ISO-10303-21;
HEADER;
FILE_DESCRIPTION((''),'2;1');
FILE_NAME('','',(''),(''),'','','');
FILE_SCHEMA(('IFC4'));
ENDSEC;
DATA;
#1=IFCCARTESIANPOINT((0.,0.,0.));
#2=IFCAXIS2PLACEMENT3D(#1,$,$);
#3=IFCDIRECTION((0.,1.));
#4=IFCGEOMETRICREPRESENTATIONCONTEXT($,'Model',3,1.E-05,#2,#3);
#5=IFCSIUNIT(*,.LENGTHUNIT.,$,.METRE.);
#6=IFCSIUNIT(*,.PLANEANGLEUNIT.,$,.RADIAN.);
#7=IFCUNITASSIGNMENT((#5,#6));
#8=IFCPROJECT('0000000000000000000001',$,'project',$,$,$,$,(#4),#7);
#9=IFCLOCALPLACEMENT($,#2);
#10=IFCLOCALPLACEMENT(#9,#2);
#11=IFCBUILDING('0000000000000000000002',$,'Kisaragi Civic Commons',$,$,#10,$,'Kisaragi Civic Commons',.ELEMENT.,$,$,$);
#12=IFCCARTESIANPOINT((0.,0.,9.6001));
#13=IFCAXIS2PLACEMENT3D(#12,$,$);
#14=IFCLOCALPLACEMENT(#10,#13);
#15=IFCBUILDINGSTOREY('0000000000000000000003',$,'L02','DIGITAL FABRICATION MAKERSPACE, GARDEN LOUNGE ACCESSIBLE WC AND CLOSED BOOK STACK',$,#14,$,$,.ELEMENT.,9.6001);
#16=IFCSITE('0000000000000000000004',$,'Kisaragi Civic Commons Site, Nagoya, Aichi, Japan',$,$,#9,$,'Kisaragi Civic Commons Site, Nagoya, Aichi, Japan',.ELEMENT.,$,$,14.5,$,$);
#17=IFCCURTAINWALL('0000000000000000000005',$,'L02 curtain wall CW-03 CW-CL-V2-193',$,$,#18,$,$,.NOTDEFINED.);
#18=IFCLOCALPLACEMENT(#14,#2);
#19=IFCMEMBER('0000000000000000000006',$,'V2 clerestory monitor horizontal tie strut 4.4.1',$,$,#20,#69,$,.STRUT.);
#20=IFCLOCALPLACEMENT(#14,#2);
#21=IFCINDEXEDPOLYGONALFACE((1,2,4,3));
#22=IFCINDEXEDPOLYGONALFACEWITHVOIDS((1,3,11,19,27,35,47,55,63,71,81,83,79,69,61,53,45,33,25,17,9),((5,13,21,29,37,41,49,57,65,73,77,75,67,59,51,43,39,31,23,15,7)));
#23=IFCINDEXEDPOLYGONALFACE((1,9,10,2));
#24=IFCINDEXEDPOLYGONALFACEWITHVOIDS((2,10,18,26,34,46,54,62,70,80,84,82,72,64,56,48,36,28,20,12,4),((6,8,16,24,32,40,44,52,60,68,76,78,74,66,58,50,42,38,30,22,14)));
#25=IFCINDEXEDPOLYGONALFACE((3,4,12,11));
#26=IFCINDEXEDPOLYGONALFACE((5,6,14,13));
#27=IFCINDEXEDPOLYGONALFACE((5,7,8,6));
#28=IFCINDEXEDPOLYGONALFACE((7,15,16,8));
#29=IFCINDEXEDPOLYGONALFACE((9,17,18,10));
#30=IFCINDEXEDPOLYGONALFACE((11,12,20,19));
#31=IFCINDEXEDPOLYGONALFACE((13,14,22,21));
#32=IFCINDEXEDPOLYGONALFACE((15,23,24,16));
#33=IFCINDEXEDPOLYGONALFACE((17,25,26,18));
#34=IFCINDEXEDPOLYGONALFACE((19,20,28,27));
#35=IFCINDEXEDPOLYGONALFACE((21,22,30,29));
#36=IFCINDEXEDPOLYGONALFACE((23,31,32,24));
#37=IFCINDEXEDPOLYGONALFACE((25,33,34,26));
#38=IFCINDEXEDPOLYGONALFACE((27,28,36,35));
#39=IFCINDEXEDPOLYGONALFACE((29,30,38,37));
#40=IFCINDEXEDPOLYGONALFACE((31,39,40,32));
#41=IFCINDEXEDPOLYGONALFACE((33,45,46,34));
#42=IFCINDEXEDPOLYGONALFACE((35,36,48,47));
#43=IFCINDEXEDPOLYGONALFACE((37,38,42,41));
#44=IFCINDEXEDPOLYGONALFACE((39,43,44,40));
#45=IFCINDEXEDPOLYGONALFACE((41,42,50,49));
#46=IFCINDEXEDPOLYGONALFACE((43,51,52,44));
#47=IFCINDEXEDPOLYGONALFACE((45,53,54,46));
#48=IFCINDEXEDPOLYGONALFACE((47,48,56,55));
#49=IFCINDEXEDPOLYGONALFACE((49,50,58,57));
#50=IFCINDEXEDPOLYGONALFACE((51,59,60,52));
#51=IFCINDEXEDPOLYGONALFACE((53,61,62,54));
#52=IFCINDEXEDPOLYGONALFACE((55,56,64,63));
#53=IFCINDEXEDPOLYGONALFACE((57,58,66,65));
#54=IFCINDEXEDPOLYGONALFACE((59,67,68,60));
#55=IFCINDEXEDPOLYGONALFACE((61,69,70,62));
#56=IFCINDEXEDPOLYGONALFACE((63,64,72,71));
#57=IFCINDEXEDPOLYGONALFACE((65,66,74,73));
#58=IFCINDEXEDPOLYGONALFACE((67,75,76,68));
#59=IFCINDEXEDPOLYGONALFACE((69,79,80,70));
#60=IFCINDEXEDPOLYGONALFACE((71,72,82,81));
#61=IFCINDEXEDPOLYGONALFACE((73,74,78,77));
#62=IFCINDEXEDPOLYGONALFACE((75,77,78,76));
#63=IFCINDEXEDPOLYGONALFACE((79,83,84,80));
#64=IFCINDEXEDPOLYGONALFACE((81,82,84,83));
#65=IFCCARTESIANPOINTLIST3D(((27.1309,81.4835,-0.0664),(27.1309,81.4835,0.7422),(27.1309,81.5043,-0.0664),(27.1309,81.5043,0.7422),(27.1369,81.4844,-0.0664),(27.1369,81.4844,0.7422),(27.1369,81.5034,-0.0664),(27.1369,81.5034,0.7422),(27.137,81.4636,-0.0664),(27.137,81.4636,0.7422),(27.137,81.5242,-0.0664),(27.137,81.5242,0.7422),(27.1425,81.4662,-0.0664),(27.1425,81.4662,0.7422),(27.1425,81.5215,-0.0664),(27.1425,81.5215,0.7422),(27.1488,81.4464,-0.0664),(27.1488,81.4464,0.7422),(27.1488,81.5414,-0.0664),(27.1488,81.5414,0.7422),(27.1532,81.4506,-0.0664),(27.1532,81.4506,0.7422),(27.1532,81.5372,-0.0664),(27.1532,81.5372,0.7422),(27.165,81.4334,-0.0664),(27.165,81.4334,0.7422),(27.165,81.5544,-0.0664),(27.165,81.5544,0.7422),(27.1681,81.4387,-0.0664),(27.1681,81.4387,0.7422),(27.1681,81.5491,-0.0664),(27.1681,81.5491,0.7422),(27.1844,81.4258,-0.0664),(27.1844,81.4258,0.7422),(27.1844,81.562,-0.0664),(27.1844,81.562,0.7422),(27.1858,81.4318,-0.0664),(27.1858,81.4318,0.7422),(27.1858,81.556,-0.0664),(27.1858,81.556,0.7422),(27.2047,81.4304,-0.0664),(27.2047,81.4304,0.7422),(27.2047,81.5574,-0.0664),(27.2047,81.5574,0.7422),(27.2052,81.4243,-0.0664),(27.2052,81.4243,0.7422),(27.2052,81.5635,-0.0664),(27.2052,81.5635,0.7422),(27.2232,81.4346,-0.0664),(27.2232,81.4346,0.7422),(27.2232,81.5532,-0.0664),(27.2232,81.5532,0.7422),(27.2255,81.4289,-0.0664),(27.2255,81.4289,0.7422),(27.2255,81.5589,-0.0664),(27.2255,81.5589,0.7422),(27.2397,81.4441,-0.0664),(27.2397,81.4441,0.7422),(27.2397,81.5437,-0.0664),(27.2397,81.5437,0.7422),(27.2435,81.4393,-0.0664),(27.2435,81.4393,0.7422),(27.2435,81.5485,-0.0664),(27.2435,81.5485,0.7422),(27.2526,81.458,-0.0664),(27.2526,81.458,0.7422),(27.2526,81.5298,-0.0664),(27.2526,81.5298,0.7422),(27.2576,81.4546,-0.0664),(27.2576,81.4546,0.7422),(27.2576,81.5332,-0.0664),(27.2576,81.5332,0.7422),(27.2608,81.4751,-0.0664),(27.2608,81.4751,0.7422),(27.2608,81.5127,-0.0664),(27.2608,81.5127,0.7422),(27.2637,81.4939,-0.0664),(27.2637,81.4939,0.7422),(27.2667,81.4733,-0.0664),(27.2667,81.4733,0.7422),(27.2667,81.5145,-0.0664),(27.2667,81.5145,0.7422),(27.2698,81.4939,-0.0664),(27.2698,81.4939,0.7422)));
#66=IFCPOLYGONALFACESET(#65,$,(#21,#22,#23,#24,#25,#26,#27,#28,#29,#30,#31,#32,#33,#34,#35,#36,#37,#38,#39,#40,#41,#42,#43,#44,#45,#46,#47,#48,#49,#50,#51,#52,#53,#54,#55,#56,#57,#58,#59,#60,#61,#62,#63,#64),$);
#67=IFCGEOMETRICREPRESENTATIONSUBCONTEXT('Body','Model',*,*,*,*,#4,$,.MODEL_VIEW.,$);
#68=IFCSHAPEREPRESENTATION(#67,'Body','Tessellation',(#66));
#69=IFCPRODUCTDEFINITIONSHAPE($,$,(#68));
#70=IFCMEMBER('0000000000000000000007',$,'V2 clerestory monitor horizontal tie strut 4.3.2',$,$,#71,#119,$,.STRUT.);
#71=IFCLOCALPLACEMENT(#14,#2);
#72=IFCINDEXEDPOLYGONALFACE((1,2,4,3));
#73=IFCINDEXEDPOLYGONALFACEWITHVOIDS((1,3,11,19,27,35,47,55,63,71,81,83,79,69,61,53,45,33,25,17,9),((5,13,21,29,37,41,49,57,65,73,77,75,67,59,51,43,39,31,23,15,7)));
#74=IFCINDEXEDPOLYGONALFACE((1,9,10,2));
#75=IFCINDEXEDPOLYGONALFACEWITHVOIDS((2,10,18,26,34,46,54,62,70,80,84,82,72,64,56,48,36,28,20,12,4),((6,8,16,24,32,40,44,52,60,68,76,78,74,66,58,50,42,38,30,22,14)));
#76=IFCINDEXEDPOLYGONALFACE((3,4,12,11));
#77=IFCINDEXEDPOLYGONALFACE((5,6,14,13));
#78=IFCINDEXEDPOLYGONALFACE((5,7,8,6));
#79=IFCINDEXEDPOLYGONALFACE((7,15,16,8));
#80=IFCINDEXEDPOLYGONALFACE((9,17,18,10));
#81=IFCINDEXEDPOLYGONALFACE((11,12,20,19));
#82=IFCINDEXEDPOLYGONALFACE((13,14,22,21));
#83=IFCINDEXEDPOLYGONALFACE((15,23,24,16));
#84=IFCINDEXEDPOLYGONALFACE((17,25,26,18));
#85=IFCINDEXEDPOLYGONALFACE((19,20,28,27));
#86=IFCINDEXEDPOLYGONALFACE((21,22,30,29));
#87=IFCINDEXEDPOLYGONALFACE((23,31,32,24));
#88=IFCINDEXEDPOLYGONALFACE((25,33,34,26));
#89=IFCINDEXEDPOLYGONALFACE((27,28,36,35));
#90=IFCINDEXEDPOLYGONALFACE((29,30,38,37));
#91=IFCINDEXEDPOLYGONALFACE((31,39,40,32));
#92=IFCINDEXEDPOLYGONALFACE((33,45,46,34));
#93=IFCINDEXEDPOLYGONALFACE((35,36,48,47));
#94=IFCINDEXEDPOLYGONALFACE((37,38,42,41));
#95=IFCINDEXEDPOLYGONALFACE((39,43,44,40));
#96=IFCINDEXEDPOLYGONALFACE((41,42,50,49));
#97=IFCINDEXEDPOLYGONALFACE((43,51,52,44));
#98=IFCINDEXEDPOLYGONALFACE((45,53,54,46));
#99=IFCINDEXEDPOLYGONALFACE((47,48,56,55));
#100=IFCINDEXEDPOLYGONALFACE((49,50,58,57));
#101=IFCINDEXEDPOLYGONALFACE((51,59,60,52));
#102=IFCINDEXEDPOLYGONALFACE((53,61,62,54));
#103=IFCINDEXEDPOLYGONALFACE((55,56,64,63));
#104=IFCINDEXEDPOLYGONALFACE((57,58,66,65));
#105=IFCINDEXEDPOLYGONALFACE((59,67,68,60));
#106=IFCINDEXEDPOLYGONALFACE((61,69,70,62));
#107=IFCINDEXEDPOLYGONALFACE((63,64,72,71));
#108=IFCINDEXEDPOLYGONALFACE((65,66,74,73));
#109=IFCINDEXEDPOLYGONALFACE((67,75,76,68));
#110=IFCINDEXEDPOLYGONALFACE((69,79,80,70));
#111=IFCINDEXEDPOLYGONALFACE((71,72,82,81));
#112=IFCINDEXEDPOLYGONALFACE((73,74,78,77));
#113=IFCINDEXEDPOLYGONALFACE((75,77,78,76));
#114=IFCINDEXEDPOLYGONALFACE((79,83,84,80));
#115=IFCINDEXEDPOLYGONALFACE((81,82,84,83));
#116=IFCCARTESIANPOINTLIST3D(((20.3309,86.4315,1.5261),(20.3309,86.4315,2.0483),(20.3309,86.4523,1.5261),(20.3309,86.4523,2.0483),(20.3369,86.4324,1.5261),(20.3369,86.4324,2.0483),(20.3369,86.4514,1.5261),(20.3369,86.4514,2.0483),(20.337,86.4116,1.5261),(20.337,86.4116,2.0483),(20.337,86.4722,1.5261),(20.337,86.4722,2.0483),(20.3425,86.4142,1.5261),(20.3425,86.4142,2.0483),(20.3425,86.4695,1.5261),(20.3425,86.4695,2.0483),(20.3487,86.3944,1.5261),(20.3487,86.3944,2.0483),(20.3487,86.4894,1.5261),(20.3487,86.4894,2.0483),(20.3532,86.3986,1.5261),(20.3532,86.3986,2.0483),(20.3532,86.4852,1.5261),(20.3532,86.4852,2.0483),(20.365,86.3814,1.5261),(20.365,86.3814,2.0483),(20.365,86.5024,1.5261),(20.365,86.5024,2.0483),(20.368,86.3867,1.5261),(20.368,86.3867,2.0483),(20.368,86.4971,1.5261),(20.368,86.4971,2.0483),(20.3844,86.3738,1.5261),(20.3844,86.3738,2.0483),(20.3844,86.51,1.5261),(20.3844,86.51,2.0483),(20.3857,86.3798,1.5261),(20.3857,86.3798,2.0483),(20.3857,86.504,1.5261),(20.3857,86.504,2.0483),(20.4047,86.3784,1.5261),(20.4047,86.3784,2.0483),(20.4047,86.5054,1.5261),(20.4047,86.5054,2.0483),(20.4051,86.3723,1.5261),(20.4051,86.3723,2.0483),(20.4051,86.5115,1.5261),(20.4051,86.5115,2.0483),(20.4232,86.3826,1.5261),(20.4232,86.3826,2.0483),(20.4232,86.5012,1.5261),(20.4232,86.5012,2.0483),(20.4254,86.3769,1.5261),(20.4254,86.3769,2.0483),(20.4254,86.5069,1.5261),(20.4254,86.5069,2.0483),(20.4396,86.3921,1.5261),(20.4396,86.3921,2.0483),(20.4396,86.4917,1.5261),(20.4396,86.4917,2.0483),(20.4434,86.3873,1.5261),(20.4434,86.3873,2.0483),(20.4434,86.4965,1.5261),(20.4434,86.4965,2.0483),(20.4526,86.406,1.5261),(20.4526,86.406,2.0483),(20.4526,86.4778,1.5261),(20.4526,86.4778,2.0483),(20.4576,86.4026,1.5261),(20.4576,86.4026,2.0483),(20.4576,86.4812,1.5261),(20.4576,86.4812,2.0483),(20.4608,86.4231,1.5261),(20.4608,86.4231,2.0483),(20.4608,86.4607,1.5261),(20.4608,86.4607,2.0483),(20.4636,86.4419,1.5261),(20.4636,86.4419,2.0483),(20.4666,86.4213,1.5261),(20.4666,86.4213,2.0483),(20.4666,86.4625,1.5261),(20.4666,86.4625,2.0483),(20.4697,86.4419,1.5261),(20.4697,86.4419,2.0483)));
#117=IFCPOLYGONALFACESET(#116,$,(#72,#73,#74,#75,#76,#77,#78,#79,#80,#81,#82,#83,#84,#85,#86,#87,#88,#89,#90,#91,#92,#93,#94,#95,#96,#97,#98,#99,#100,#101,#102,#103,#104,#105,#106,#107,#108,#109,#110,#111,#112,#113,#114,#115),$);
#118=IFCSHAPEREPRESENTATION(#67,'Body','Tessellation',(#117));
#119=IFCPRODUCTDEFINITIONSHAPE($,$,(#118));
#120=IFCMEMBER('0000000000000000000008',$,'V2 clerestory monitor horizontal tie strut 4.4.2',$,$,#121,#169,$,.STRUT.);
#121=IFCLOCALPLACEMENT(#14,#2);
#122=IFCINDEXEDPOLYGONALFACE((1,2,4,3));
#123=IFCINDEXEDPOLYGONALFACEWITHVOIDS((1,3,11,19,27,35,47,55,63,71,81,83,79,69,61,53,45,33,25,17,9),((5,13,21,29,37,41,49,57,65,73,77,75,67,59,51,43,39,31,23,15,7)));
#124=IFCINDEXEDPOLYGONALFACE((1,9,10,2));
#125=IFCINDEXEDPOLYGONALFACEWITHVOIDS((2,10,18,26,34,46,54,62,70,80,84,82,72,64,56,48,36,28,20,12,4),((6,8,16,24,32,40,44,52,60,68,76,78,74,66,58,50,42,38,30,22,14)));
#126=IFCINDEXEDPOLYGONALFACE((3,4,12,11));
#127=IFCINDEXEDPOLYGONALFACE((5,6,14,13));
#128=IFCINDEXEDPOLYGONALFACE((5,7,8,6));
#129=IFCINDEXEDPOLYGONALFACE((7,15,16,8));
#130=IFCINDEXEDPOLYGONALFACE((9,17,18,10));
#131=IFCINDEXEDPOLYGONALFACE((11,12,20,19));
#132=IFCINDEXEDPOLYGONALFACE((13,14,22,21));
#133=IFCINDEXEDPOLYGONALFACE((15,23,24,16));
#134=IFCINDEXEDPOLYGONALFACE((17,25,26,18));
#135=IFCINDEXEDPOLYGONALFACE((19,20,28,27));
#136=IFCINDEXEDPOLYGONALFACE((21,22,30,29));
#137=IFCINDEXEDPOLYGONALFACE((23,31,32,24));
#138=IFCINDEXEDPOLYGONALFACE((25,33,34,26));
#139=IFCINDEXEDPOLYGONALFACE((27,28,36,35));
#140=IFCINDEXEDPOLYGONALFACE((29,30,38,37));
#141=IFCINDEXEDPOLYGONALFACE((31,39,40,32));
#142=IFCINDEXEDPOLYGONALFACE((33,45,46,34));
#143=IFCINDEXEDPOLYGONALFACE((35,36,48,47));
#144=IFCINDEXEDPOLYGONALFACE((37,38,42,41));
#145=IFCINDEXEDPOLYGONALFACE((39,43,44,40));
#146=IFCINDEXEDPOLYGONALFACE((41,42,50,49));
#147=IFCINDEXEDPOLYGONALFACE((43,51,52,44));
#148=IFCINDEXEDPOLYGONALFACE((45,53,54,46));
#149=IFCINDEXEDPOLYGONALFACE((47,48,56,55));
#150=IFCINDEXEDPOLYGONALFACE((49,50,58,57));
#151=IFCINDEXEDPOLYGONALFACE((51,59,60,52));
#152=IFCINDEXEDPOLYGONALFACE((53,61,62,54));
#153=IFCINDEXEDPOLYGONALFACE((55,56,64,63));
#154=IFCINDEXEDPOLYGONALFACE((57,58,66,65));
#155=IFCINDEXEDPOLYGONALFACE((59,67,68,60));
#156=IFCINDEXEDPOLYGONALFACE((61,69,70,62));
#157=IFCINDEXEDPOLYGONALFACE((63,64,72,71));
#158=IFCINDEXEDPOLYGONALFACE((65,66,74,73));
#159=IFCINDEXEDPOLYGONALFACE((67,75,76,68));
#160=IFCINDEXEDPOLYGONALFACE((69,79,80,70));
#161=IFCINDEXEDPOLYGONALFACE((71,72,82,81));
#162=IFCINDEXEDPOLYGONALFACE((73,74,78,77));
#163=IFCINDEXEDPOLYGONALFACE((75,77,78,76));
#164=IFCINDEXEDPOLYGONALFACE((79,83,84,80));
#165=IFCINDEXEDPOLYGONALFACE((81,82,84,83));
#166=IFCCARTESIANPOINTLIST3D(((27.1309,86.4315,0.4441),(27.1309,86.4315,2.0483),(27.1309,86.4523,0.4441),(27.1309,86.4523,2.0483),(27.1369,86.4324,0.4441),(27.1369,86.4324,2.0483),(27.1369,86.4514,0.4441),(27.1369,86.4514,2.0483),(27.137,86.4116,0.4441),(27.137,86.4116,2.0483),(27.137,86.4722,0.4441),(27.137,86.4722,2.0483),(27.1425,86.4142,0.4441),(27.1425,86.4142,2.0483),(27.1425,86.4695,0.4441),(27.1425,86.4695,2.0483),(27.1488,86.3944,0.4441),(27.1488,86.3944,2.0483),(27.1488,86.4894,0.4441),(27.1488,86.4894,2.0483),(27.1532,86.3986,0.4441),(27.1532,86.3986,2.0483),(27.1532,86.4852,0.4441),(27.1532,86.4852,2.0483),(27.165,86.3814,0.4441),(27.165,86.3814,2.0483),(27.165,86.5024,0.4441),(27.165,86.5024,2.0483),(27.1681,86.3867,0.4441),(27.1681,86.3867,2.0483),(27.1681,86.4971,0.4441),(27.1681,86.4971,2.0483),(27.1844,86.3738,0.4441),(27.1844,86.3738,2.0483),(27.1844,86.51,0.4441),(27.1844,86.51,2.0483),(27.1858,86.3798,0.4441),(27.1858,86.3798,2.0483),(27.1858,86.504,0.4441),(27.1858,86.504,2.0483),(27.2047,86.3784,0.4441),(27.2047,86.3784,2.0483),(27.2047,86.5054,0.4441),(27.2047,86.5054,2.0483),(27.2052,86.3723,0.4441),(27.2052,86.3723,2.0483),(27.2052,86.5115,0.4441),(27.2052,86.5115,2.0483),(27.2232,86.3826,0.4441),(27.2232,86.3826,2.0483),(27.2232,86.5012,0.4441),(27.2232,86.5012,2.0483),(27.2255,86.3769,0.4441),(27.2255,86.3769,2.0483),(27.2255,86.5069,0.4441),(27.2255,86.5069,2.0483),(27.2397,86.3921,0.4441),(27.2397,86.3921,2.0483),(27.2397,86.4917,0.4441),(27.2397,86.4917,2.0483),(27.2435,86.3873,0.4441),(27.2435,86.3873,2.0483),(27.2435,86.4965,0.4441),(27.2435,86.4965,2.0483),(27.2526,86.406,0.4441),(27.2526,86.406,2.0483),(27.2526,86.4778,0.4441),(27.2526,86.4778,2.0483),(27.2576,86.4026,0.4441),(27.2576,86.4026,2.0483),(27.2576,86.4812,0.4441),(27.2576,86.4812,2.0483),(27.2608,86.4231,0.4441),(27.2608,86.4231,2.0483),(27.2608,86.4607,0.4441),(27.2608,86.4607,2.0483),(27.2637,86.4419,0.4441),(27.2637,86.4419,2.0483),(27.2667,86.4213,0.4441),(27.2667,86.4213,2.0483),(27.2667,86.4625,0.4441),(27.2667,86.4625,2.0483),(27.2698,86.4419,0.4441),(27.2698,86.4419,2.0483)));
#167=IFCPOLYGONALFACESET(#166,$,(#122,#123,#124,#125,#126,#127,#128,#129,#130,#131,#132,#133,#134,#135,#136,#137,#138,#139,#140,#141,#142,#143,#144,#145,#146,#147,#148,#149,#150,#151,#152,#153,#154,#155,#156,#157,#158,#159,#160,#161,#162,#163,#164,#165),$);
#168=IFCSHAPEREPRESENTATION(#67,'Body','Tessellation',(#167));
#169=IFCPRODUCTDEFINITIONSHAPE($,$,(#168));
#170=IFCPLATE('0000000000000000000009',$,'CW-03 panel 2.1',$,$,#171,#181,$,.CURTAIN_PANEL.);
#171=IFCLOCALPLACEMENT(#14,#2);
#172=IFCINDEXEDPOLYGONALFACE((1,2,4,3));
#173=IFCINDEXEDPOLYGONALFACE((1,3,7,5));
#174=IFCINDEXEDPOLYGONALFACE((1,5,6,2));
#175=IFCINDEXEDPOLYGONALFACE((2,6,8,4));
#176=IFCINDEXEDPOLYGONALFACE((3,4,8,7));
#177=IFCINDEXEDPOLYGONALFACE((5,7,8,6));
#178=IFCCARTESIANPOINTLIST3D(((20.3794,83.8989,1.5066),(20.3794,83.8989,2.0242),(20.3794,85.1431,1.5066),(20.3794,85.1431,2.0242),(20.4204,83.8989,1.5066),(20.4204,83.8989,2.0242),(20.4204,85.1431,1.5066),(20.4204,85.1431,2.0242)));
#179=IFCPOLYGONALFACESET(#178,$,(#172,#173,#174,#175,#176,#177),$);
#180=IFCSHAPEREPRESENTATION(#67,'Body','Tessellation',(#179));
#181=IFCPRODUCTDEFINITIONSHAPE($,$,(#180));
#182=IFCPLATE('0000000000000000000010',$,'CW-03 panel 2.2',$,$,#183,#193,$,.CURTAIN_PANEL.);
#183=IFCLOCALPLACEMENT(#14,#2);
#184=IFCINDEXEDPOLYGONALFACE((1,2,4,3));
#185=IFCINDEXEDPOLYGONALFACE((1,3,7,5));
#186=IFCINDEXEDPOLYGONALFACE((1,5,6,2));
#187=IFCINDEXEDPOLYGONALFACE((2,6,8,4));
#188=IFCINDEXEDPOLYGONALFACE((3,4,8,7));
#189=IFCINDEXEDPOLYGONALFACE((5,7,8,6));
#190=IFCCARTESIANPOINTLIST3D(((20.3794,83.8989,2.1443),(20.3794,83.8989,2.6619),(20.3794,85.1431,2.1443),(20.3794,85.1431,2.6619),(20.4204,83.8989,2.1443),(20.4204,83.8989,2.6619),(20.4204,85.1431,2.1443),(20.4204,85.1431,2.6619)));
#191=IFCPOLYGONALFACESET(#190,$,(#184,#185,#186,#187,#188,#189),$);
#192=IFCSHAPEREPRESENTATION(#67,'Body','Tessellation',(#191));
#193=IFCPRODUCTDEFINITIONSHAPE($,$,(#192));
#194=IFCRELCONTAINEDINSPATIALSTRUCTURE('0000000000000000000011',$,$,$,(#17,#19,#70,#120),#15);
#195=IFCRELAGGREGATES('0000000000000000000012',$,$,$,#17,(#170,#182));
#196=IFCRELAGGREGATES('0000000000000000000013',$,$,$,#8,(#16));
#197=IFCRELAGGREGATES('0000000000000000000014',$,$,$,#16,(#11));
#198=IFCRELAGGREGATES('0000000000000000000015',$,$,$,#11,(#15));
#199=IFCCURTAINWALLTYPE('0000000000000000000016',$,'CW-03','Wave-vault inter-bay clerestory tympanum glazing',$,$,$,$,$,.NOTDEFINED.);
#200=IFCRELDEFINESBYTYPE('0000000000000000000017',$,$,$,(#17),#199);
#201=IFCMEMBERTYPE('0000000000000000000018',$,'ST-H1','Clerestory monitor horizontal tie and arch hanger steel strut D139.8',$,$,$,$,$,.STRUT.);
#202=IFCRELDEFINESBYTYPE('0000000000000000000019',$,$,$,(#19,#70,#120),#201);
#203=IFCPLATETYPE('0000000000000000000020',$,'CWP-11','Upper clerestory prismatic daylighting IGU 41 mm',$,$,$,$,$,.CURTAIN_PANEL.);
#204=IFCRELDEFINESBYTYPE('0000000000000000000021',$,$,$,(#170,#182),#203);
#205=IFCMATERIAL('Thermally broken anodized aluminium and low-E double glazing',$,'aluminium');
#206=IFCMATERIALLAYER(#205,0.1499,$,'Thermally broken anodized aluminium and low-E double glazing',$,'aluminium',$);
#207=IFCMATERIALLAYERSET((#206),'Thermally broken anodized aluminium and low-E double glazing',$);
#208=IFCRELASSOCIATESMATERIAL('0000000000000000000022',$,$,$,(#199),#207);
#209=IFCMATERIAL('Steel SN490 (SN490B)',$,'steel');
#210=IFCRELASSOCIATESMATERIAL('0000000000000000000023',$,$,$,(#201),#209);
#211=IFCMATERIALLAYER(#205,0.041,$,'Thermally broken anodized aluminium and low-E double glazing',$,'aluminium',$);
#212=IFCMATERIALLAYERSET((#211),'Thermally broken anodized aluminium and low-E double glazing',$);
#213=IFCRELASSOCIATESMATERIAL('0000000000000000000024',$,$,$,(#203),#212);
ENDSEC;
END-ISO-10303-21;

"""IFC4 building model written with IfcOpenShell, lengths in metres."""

from ifc_helpers import new_model, si_unit, direction, frame, origin, origin_2d, place, context, subcontext, project, spatial, rectangle, hollow_circle, extrude, material, layer, layer_set, material_profile, profile_set, type_object, element, aggregate, save


model = new_model("IFC4")

# Units and contexts
model_context = context("Model", 3, precision=1e-05, world=origin(), true_north=direction((0.0, 1.0)))
body_context = subcontext(model_context, "Body", "Model", "MODEL_VIEW")
ifc_project = project(units=[si_unit("LENGTHUNIT", "METRE"), si_unit("PLANEANGLEUNIT", "RADIAN")], contexts=[model_context])

# Site, building, storey
site_placement = place(None, origin())
site = spatial("IfcSite", under=ifc_project, at=site_placement, Name="Kisaragi Civic Commons Site, Nagoya, Aichi, Japan", LongName="Kisaragi Civic Commons Site, Nagoya, Aichi, Japan", CompositionType="ELEMENT", RefElevation=14.5)
building_placement = place(site_placement, origin())
building = spatial("IfcBuilding", under=site, at=building_placement, Name="Kisaragi Civic Commons", LongName="Kisaragi Civic Commons", CompositionType="ELEMENT")
storey_placement = place(building_placement, frame((0.0, 0.0, 9.6001)))
storey = spatial("IfcBuildingStorey", under=building, at=storey_placement, Name="L02", Description="DIGITAL FABRICATION MAKERSPACE, GARDEN LOUNGE ACCESSIBLE WC AND CLOSED BOOK STACK", CompositionType="ELEMENT", Elevation=9.6001)

# Curtain wall
ifc_material_1 = material(Name="Thermally broken anodized aluminium and low-E double glazing", Category="aluminium")
ifc_layer_1 = layer(ifc_material_1, 0.1499, Name="Thermally broken anodized aluminium and low-E double glazing", Category="aluminium")
ifc_layer_set_1 = layer_set([ifc_layer_1], Name="Thermally broken anodized aluminium and low-E double glazing")
curtain_wall_type = type_object("IfcCurtainWallType", Name="CW-03", Description="Wave-vault inter-bay clerestory tympanum glazing", PredefinedType="NOTDEFINED", material=ifc_layer_set_1)
curtain_wall_1_placement = place(storey_placement, origin())
curtain_wall_1 = element("IfcCurtainWall", 1, at=curtain_wall_1_placement, inside=storey, type_object=curtain_wall_type, Name="L02 curtain wall CW-03 CW-CL-V2-193", PredefinedType="NOTDEFINED")

# Members
ifc_material_2 = material(Name="Steel SN490 (SN490B)", Category="steel")
ifc_material_profile_1 = material_profile(ifc_material_2, hollow_circle(Radius=0.0698, WallThickness=0.0061, at=origin_2d()), Name="CHS-139.8x6.0", Category="steel")
ifc_profile_set_1 = profile_set([ifc_material_profile_1], Name="Steel SN490 (SN490B)")
member_type_1 = type_object("IfcMemberType", Name="ST-H1", Description="Clerestory monitor horizontal tie and arch hanger steel strut D139.8", PredefinedType="STRUT", material=ifc_profile_set_1)
member_1_placement = place(storey_placement, frame((27.2, 81.4939, -0.0664), z_axis=(0.0, 0.0, 1.0), x_axis=(1.0, 0.0, 0.0)))
element("IfcMember", 2, at=member_1_placement, inside=storey, type_object=member_type_1, Name="V2 clerestory monitor horizontal tie strut 4.4.1", PredefinedType="STRUT", context=body_context, shape_type="SweptSolid", body=[
    extrude(hollow_circle(Radius=0.0698, WallThickness=0.0061, at=origin_2d()), origin(), (0.0, 0.0, 1.0), 0.8086),
])
member_2_placement = place(storey_placement, frame((20.3999, 86.4419, 1.5261), z_axis=(0.0, 0.0, 1.0), x_axis=(1.0, 0.0, 0.0)))
element("IfcMember", 3, at=member_2_placement, inside=storey, type_object=member_type_1, Name="V2 clerestory monitor horizontal tie strut 4.3.2", PredefinedType="STRUT", context=body_context, shape_type="SweptSolid", body=[
    extrude(hollow_circle(Radius=0.0698, WallThickness=0.0061, at=origin_2d()), origin(), (0.0, 0.0, 1.0), 0.5222),
])
member_3_placement = place(storey_placement, frame((27.2, 86.4419, 0.4441), z_axis=(0.0, 0.0, 1.0), x_axis=(1.0, 0.0, 0.0)))
element("IfcMember", 4, at=member_3_placement, inside=storey, type_object=member_type_1, Name="V2 clerestory monitor horizontal tie strut 4.4.2", PredefinedType="STRUT", context=body_context, shape_type="SweptSolid", body=[
    extrude(hollow_circle(Radius=0.0698, WallThickness=0.0061, at=origin_2d()), origin(), (0.0, 0.0, 1.0), 1.6042),
])

# Plates
ifc_layer_2 = layer(ifc_material_1, 0.041, Name="Thermally broken anodized aluminium and low-E double glazing", Category="aluminium")
ifc_layer_set_2 = layer_set([ifc_layer_2], Name="Thermally broken anodized aluminium and low-E double glazing")
plate_type_1 = type_object("IfcPlateType", Name="CWP-11", Description="Upper clerestory prismatic daylighting IGU 41 mm", PredefinedType="CURTAIN_PANEL", material=ifc_layer_set_2)
plate_1_placement = place(storey_placement, frame((20.3999, 84.521, 1.5066), z_axis=(0.0, 0.0, 1.0), x_axis=(0.0, 1.0, 0.0)))
plate_1 = element("IfcPlate", 5, at=plate_1_placement, type_object=plate_type_1, Name="CW-03 panel 2.1", PredefinedType="CURTAIN_PANEL", context=body_context, shape_type="SweptSolid", body=[
    extrude(rectangle(XDim=1.2441, YDim=0.041, at=origin_2d()), origin(), (0.0, 0.0, 1.0), 0.5176),
])
plate_2_placement = place(storey_placement, frame((20.3999, 84.521, 2.1443), z_axis=(0.0, 0.0, 1.0), x_axis=(0.0, 1.0, 0.0)))
plate_2 = element("IfcPlate", 6, at=plate_2_placement, type_object=plate_type_1, Name="CW-03 panel 2.2", PredefinedType="CURTAIN_PANEL", context=body_context, shape_type="SweptSolid", body=[
    extrude(rectangle(XDim=1.2441, YDim=0.041, at=origin_2d()), origin(), (0.0, 0.0, 1.0), 0.5176),
])
aggregate(curtain_wall_1, [plate_1, plate_2])

save(model, "model.ifc")
